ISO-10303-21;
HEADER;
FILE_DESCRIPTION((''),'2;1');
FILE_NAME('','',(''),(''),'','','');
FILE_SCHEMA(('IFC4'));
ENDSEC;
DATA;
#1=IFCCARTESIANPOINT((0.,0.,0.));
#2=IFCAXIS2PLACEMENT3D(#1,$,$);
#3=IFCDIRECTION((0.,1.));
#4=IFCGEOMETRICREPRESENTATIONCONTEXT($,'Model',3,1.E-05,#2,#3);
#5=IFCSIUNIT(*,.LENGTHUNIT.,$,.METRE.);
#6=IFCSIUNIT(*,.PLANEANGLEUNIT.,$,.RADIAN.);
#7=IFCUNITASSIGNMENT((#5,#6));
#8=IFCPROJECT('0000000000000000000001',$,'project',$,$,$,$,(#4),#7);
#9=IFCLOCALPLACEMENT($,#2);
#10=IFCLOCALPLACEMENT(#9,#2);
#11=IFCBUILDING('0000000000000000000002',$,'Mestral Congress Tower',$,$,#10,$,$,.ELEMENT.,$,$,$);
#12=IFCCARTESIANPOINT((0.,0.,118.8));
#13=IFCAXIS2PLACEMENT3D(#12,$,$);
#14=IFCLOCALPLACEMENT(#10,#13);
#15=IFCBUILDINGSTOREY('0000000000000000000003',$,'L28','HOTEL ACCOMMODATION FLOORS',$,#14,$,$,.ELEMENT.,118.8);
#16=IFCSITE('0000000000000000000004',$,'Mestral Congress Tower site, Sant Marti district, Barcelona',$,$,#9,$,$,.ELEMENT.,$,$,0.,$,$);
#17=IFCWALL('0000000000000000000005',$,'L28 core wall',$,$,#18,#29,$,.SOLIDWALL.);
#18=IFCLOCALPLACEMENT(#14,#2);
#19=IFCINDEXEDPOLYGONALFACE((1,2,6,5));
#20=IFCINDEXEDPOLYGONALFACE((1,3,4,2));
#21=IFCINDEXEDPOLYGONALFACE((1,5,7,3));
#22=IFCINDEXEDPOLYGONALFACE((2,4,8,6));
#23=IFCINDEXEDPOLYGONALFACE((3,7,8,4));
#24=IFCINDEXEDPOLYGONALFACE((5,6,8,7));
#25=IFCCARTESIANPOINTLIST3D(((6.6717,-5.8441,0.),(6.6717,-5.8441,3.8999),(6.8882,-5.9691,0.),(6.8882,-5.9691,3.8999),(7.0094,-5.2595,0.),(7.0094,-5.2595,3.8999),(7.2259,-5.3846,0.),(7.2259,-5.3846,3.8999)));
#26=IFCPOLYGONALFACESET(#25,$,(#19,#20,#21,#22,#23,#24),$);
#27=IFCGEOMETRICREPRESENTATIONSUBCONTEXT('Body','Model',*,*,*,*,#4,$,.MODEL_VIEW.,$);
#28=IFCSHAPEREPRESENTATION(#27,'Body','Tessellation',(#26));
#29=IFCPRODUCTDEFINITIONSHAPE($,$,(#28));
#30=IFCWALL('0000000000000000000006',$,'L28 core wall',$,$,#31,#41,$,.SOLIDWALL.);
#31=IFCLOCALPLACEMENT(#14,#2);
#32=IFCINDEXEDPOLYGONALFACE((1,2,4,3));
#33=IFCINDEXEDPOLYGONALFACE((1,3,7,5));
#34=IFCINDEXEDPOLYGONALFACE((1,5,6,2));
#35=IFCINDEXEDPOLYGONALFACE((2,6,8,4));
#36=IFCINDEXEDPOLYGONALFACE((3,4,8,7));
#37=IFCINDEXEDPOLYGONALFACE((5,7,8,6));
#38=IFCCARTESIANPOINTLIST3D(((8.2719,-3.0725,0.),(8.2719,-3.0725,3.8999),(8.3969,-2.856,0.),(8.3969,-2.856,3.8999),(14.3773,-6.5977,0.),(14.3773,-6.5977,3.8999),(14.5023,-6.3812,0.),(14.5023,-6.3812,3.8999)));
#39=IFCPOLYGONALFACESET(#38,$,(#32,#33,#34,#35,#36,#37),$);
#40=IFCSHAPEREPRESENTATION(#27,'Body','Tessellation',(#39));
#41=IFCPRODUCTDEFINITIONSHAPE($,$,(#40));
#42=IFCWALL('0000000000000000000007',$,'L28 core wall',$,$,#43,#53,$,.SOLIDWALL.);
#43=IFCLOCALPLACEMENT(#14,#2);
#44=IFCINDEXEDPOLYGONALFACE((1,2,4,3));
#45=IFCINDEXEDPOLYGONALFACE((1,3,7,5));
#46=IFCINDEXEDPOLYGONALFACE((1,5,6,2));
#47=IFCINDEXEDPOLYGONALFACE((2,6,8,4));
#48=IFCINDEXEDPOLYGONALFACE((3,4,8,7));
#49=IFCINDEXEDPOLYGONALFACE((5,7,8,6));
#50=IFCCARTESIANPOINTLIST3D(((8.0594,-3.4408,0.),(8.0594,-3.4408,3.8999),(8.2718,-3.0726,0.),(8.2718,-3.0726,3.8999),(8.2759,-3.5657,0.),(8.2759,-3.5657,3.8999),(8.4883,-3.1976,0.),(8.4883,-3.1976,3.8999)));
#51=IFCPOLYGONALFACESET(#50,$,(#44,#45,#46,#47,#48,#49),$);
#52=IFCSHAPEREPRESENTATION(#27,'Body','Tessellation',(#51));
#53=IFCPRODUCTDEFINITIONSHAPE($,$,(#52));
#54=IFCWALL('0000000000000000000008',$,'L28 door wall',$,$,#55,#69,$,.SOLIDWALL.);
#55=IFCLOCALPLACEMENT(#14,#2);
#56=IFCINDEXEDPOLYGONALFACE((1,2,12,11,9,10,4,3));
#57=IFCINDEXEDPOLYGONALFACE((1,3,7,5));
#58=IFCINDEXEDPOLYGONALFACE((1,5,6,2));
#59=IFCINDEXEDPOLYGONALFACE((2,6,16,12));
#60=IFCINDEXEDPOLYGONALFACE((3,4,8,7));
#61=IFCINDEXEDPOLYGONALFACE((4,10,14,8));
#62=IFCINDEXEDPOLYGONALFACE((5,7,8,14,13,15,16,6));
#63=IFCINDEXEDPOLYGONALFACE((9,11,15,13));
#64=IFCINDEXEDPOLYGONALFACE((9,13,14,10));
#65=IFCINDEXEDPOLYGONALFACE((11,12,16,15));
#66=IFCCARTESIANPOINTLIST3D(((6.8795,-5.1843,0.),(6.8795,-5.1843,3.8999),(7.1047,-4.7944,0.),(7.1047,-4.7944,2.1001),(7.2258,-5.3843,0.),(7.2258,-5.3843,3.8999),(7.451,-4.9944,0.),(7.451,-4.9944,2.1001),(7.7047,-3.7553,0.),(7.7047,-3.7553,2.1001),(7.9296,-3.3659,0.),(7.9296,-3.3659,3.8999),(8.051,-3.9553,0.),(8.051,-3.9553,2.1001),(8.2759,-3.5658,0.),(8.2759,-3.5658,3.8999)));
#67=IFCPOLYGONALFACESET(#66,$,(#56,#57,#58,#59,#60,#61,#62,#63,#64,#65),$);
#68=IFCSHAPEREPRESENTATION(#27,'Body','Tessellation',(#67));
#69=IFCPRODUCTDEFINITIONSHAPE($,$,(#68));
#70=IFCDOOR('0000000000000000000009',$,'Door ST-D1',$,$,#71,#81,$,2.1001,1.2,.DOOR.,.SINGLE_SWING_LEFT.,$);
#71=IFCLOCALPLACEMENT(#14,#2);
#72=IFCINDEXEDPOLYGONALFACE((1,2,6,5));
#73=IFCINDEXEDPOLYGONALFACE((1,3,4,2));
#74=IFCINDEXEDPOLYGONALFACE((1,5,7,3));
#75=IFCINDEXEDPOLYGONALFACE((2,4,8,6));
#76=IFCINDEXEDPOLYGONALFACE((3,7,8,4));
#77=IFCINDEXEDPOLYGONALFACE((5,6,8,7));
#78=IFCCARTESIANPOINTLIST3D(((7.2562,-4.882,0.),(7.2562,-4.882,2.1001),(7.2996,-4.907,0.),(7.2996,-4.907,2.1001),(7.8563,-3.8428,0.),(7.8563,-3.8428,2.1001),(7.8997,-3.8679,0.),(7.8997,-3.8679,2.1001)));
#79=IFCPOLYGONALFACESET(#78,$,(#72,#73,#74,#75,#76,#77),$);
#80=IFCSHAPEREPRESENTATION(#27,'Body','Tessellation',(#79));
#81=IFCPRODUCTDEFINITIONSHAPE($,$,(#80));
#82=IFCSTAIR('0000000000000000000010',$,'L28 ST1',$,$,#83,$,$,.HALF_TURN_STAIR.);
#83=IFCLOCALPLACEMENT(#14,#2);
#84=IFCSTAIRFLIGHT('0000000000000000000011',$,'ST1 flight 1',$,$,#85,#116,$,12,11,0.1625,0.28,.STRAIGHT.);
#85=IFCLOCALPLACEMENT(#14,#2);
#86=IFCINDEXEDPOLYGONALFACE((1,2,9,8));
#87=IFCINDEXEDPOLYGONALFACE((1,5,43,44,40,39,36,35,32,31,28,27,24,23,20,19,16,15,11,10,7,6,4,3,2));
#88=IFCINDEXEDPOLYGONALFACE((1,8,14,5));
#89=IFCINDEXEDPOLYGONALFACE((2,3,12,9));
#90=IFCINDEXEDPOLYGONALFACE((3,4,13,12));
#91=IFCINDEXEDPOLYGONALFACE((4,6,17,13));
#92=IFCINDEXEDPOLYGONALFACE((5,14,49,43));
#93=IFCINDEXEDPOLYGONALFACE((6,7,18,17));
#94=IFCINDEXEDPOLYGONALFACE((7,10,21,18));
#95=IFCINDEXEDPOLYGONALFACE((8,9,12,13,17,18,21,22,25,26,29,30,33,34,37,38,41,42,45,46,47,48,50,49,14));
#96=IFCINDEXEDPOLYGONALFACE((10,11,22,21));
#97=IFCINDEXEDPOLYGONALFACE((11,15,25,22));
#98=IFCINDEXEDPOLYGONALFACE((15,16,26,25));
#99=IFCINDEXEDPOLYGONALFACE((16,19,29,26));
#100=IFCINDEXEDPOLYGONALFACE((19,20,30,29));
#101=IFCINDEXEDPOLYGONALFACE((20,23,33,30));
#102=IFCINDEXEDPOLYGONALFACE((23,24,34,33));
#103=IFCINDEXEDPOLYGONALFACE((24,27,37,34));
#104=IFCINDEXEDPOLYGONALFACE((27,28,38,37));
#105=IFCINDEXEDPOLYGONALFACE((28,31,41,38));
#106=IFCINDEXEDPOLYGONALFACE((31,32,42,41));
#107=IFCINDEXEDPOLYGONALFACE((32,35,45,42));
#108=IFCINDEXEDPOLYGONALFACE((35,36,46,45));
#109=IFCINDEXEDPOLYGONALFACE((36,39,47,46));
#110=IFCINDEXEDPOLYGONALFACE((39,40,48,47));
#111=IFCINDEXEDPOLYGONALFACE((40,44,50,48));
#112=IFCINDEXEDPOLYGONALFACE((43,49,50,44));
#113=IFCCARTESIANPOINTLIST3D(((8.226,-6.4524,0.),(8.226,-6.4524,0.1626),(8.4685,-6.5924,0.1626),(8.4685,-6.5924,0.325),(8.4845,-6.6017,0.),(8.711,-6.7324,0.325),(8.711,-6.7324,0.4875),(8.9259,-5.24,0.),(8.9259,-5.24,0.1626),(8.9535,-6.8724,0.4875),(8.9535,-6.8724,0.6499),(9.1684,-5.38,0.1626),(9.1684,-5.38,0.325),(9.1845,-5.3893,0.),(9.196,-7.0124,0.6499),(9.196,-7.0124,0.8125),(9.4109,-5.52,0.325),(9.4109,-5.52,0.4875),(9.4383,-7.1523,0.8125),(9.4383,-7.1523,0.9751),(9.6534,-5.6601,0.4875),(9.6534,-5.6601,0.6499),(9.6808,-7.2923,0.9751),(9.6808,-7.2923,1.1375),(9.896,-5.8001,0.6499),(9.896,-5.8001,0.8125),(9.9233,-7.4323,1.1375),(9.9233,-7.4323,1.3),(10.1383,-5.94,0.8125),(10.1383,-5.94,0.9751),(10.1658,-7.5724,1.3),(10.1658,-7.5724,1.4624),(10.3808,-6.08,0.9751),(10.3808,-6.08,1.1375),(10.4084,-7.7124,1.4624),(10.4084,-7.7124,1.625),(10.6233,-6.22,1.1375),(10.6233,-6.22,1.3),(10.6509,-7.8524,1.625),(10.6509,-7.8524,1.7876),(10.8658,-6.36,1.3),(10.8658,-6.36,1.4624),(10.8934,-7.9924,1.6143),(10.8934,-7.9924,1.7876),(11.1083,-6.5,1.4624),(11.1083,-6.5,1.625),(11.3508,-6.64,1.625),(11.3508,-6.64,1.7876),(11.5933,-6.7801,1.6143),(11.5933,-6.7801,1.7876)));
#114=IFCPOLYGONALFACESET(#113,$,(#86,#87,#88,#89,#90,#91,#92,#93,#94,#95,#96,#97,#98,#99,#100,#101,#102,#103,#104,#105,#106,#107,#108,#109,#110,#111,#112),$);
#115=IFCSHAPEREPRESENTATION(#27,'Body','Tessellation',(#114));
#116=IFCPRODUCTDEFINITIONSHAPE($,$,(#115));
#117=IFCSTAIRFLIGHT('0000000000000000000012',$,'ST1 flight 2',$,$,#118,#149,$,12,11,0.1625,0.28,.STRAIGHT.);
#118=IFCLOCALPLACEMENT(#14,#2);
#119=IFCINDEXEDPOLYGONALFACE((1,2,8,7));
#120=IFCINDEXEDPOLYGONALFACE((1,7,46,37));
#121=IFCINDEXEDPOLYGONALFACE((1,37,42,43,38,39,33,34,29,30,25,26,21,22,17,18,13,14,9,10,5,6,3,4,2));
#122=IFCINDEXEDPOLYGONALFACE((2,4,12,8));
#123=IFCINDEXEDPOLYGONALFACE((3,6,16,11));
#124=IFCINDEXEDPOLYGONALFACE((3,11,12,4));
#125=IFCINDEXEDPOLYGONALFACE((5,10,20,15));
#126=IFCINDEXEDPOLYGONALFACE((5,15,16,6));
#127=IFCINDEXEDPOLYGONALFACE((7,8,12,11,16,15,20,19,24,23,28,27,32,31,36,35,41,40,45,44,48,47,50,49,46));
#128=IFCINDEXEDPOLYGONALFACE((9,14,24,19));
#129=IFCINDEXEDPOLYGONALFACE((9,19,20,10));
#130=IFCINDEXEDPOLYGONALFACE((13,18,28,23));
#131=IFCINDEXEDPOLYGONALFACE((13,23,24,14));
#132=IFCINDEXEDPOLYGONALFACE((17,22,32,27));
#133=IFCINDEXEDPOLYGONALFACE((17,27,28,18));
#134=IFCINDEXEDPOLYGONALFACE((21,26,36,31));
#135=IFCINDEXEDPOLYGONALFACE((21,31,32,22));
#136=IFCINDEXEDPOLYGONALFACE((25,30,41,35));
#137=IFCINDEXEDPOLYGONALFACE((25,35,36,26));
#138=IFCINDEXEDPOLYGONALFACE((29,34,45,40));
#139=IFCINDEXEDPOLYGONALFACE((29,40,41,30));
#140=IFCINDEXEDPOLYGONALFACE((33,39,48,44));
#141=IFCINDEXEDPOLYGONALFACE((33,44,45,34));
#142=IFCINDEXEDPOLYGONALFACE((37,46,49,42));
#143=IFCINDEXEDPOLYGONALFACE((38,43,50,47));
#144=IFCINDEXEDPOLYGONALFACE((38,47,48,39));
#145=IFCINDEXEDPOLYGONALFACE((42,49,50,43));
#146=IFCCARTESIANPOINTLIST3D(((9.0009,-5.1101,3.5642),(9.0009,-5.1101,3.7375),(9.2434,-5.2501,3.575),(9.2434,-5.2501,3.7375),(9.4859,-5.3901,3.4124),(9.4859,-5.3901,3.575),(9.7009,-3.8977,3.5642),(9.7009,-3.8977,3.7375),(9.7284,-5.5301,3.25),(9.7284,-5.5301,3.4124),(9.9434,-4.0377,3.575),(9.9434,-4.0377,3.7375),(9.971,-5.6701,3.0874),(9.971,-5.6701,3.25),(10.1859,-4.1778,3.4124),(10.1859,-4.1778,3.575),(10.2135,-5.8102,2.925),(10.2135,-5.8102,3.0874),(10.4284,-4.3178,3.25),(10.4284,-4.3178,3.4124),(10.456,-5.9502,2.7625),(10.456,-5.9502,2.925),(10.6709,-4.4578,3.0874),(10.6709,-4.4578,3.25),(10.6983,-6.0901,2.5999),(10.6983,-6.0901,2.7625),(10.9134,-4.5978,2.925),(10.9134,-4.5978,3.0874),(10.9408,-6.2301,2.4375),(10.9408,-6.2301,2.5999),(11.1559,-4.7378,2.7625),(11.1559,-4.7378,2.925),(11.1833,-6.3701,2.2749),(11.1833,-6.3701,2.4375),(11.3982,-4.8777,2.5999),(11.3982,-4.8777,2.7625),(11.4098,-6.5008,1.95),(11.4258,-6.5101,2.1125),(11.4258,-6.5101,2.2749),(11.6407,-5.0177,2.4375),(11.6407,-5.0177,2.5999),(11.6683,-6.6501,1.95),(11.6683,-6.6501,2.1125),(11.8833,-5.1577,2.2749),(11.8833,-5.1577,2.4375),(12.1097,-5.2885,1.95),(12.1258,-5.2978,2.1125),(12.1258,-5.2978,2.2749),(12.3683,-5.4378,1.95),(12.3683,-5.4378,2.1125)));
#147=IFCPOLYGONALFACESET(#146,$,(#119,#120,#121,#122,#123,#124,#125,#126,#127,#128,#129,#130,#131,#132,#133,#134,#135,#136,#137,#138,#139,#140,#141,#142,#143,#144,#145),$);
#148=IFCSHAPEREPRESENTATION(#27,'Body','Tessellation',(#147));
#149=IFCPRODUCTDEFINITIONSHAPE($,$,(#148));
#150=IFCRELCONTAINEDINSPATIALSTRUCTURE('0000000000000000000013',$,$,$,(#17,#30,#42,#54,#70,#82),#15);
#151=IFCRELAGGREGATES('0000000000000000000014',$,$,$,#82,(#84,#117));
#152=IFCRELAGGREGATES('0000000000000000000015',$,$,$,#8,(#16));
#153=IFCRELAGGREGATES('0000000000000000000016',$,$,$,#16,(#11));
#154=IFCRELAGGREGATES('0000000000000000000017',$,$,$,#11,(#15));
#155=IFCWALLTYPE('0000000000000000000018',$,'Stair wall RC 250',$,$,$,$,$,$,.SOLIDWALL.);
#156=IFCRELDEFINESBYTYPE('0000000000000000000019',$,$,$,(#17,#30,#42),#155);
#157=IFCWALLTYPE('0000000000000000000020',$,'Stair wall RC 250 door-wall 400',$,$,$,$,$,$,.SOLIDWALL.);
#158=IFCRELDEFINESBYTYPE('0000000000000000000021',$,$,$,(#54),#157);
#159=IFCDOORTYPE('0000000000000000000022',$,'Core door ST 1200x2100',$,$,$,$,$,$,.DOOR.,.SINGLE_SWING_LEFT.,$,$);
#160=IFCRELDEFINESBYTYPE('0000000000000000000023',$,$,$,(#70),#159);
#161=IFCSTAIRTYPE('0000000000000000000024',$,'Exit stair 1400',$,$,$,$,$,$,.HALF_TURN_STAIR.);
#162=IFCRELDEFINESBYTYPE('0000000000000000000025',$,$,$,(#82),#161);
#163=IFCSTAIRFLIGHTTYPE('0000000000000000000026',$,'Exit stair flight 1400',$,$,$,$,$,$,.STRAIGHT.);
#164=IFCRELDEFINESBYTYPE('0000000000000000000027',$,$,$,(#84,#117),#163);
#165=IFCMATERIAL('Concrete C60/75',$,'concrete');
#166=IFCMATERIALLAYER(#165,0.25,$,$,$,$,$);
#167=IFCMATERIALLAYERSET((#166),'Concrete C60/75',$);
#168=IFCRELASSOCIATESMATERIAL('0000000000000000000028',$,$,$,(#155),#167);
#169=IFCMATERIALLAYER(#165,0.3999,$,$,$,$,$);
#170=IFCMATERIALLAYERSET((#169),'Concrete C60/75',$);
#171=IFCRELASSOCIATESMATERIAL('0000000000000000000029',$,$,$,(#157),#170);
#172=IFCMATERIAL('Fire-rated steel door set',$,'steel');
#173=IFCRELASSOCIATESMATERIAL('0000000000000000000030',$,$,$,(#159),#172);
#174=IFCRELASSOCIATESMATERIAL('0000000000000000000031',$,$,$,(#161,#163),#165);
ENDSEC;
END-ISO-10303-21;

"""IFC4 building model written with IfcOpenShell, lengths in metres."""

from ifc_helpers import new_model, si_unit, direction, frame, frame_2d, origin, place, context, subcontext, project, spatial, polyline, rectangle, outline, extrude, material, layer, layer_set, type_object, element, fill, aggregate, save


model = new_model("IFC4")

# Units and contexts
model_context = context("Model", 3, precision=1e-05, world=origin(), true_north=direction((0.0, 1.0)))
body_context = subcontext(model_context, "Body", "Model", "MODEL_VIEW")
ifc_project = project(units=[si_unit("LENGTHUNIT", "METRE"), si_unit("PLANEANGLEUNIT", "RADIAN")], contexts=[model_context])

# Site, building, storey
site_placement = place(None, origin())
site = spatial("IfcSite", under=ifc_project, at=site_placement, Name="Mestral Congress Tower site, Sant Marti district, Barcelona", CompositionType="ELEMENT", RefElevation=0.0)
building_placement = place(site_placement, origin())
building = spatial("IfcBuilding", under=site, at=building_placement, Name="Mestral Congress Tower", CompositionType="ELEMENT")
storey_placement = place(building_placement, frame((0.0, 0.0, 118.8)))
storey = spatial("IfcBuildingStorey", under=building, at=storey_placement, Name="L28", Description="HOTEL ACCOMMODATION FLOORS", CompositionType="ELEMENT", Elevation=118.8)

# Shared definitions
ifc_material_1 = material(Name="Fire-rated steel door set", Category="steel")

# Walls
ifc_material_2 = material(Name="Concrete C60/75", Category="concrete")
ifc_layer_1 = layer(ifc_material_2, 0.25)
ifc_layer_set_1 = layer_set([ifc_layer_1], Name="Concrete C60/75")
wall_type_1 = type_object("IfcWallType", Name="Stair wall RC 250", PredefinedType="SOLIDWALL", material=ifc_layer_set_1)
wall_1_placement = place(storey_placement, frame((6.78, -5.9065, 0.0), z_axis=(0.0, 0.0, 1.0), x_axis=(0.500223, 0.865896, 0.0)))
element("IfcWall", 1, at=wall_1_placement, inside=storey, type_object=wall_type_1, Name="L28 core wall", PredefinedType="SOLIDWALL", context=body_context, shape_type="SweptSolid", body=[
    extrude(rectangle(XDim=0.675, YDim=0.25, at=frame_2d((0.3374, 0.0))), origin(), (0.0, 0.0, 1.0), 3.8999),
])
wall_2_placement = place(storey_placement, frame((8.3345, -2.9644, 0.0), z_axis=(0.0, 0.0, 1.0), x_axis=(0.866016, -0.500016, 0.0)))
element("IfcWall", 2, at=wall_2_placement, inside=storey, type_object=wall_type_1, Name="L28 core wall", PredefinedType="SOLIDWALL", context=body_context, shape_type="SweptSolid", body=[
    extrude(rectangle(XDim=7.05, YDim=0.25, at=frame_2d((3.5249, 0.0))), origin(), (0.0, 0.0, 1.0), 3.8999),
])
wall_3_placement = place(storey_placement, frame((8.1677, -3.5032, 0.0), z_axis=(0.0, 0.0, 1.0), x_axis=(0.499722, 0.866186, 0.0)))
element("IfcWall", 3, at=wall_3_placement, inside=storey, type_object=wall_type_1, Name="L28 core wall", PredefinedType="SOLIDWALL", context=body_context, shape_type="SweptSolid", body=[
    extrude(rectangle(XDim=0.425, YDim=0.25, at=frame_2d((0.2124, 0.0))), origin(), (0.0, 0.0, 1.0), 3.8999),
])

# Wall, opening, door
ifc_layer_2 = layer(ifc_material_2, 0.3999)
ifc_layer_set_2 = layer_set([ifc_layer_2], Name="Concrete C60/75")
wall_type_2 = type_object("IfcWallType", Name="Stair wall RC 250 door-wall 400", PredefinedType="SOLIDWALL", material=ifc_layer_set_2)
wall_4_placement = place(storey_placement, frame((7.0527, -5.2842, 0.0), z_axis=(0.0, 0.0, 1.0), x_axis=(0.500078, 0.86598, 0.0)))
wall_4 = element("IfcWall", 4, at=wall_4_placement, inside=storey, type_object=wall_type_2, Name="L28 door wall", PredefinedType="SOLIDWALL", context=body_context, shape_type="SweptSolid", body=[
    extrude(rectangle(XDim=2.0999, YDim=0.3999, at=frame_2d((1.0498, 0.0))), origin(), (0.0, 0.0, 1.0), 3.8999),
])
opening_1_placement = place(wall_4_placement, frame((0.45, 0.0, 0.0)))
opening_1 = element("IfcOpeningElement", 5, at=opening_1_placement, cuts=wall_4, PredefinedType="OPENING", context=body_context, shape_type="SweptSolid", body=[
    extrude(rectangle(XDim=1.2, YDim=2.1001, at=frame_2d((0.6001, 1.05))), frame((0.0, 0.21, 0.0), z_axis=(0.0, -1.0, 0.0), x_axis=(1.0, 0.0, 0.0)), (0.0, 0.0, 1.0), 0.4199),
])
door_type_1 = type_object("IfcDoorType", Name="Core door ST 1200x2100", OperationType="SINGLE_SWING_LEFT", PredefinedType="DOOR", material=ifc_material_1)
door_1_placement = place(opening_1_placement, origin())
door_1 = element("IfcDoor", 6, at=door_1_placement, inside=storey, type_object=door_type_1, Name="Door ST-D1", OperationType="SINGLE_SWING_LEFT", OverallHeight=2.1001, OverallWidth=1.2, PredefinedType="DOOR", context=body_context, shape_type="SweptSolid", body=[
    extrude(rectangle(XDim=1.2, YDim=2.1001, at=frame_2d((0.6001, 1.05))), frame((0.0, 0.0249, 0.0), z_axis=(0.0, -1.0, 0.0), x_axis=(1.0, 0.0, 0.0)), (0.0, 0.0, 1.0), 0.05),
])
fill(opening_1, door_1)

# Stair, stair flights
stair_type = type_object("IfcStairType", Name="Exit stair 1400", PredefinedType="HALF_TURN_STAIR", material=ifc_material_2)
stair_placement = place(storey_placement, origin())
stair = element("IfcStair", 7, at=stair_placement, inside=storey, type_object=stair_type, Name="L28 ST1", PredefinedType="HALF_TURN_STAIR")
stair_flight_type = type_object("IfcStairFlightType", Name="Exit stair flight 1400", PredefinedType="STRAIGHT", material=ifc_material_2)
stair_flight_1_placement = place(storey_placement, frame((8.5759, -5.8462, 0.0), z_axis=(0.0, 0.0, 1.0), x_axis=(0.866025, -0.5, 0.0)))
stair_flight_1 = element("IfcStairFlight", 8, at=stair_flight_1_placement, type_object=stair_flight_type, Name="ST1 flight 1", NumberOfRisers=12, NumberOfTreads=11, PredefinedType="STRAIGHT", RiserHeight=0.1625, TreadLength=0.28, context=body_context, shape_type="SweptSolid", body=[
    extrude(outline(polyline([(0.0, 0.0), (0.0, 0.1626), (0.28, 0.1626), (0.28, 0.325), (0.5601, 0.325), (0.5601, 0.4875), (0.8401, 0.4875), (0.8401, 0.6499), (1.1201, 0.6499), (1.1201, 0.8125), (1.3999, 0.8125), (1.3999, 0.9751), (1.6799, 0.9751), (1.6799, 1.1375), (1.96, 1.1375), (1.96, 1.3), (2.24, 1.3), (2.24, 1.4624), (2.52, 1.4624), (2.52, 1.625), (2.8, 1.625), (2.8, 1.7876), (3.0801, 1.7876), (3.0801, 1.95), (3.0801, 1.6143), (0.2986, 0.0), (0.0, 0.0)])), frame((0.0, 0.7, 0.0), z_axis=(0.0, -1.0, 0.0), x_axis=(1.0, 0.0, 0.0)), (0.0, 0.0, 1.0), 1.3999),
])
stair_flight_2_placement = place(storey_placement, frame((12.0183, -6.0439, 1.95), z_axis=(0.0, 0.0, 1.0), x_axis=(-0.866025, 0.5, 0.0)))
stair_flight_2 = element("IfcStairFlight", 9, at=stair_flight_2_placement, type_object=stair_flight_type, Name="ST1 flight 2", NumberOfRisers=12, NumberOfTreads=11, PredefinedType="STRAIGHT", RiserHeight=0.1625, TreadLength=0.28, context=body_context, shape_type="SweptSolid", body=[
    extrude(outline(polyline([(0.0, 0.0), (0.0, 0.1626), (0.28, 0.1626), (0.28, 0.325), (0.5601, 0.325), (0.5601, 0.4875), (0.8401, 0.4875), (0.8401, 0.6499), (1.1201, 0.6499), (1.1201, 0.8125), (1.3999, 0.8125), (1.3999, 0.9751), (1.6799, 0.9751), (1.6799, 1.1375), (1.96, 1.1375), (1.96, 1.3), (2.24, 1.3), (2.24, 1.4624), (2.52, 1.4624), (2.52, 1.625), (2.8, 1.625), (2.8, 1.7876), (3.0801, 1.7876), (3.0801, 1.95), (3.0801, 1.6143), (0.2986, 0.0), (0.0, 0.0)])), frame((0.0, 0.7, 0.0), z_axis=(0.0, -1.0, 0.0), x_axis=(1.0, 0.0, 0.0)), (0.0, 0.0, 1.0), 1.3999),
])
aggregate(stair, [stair_flight_1, stair_flight_2])

save(model, "model.ifc")
